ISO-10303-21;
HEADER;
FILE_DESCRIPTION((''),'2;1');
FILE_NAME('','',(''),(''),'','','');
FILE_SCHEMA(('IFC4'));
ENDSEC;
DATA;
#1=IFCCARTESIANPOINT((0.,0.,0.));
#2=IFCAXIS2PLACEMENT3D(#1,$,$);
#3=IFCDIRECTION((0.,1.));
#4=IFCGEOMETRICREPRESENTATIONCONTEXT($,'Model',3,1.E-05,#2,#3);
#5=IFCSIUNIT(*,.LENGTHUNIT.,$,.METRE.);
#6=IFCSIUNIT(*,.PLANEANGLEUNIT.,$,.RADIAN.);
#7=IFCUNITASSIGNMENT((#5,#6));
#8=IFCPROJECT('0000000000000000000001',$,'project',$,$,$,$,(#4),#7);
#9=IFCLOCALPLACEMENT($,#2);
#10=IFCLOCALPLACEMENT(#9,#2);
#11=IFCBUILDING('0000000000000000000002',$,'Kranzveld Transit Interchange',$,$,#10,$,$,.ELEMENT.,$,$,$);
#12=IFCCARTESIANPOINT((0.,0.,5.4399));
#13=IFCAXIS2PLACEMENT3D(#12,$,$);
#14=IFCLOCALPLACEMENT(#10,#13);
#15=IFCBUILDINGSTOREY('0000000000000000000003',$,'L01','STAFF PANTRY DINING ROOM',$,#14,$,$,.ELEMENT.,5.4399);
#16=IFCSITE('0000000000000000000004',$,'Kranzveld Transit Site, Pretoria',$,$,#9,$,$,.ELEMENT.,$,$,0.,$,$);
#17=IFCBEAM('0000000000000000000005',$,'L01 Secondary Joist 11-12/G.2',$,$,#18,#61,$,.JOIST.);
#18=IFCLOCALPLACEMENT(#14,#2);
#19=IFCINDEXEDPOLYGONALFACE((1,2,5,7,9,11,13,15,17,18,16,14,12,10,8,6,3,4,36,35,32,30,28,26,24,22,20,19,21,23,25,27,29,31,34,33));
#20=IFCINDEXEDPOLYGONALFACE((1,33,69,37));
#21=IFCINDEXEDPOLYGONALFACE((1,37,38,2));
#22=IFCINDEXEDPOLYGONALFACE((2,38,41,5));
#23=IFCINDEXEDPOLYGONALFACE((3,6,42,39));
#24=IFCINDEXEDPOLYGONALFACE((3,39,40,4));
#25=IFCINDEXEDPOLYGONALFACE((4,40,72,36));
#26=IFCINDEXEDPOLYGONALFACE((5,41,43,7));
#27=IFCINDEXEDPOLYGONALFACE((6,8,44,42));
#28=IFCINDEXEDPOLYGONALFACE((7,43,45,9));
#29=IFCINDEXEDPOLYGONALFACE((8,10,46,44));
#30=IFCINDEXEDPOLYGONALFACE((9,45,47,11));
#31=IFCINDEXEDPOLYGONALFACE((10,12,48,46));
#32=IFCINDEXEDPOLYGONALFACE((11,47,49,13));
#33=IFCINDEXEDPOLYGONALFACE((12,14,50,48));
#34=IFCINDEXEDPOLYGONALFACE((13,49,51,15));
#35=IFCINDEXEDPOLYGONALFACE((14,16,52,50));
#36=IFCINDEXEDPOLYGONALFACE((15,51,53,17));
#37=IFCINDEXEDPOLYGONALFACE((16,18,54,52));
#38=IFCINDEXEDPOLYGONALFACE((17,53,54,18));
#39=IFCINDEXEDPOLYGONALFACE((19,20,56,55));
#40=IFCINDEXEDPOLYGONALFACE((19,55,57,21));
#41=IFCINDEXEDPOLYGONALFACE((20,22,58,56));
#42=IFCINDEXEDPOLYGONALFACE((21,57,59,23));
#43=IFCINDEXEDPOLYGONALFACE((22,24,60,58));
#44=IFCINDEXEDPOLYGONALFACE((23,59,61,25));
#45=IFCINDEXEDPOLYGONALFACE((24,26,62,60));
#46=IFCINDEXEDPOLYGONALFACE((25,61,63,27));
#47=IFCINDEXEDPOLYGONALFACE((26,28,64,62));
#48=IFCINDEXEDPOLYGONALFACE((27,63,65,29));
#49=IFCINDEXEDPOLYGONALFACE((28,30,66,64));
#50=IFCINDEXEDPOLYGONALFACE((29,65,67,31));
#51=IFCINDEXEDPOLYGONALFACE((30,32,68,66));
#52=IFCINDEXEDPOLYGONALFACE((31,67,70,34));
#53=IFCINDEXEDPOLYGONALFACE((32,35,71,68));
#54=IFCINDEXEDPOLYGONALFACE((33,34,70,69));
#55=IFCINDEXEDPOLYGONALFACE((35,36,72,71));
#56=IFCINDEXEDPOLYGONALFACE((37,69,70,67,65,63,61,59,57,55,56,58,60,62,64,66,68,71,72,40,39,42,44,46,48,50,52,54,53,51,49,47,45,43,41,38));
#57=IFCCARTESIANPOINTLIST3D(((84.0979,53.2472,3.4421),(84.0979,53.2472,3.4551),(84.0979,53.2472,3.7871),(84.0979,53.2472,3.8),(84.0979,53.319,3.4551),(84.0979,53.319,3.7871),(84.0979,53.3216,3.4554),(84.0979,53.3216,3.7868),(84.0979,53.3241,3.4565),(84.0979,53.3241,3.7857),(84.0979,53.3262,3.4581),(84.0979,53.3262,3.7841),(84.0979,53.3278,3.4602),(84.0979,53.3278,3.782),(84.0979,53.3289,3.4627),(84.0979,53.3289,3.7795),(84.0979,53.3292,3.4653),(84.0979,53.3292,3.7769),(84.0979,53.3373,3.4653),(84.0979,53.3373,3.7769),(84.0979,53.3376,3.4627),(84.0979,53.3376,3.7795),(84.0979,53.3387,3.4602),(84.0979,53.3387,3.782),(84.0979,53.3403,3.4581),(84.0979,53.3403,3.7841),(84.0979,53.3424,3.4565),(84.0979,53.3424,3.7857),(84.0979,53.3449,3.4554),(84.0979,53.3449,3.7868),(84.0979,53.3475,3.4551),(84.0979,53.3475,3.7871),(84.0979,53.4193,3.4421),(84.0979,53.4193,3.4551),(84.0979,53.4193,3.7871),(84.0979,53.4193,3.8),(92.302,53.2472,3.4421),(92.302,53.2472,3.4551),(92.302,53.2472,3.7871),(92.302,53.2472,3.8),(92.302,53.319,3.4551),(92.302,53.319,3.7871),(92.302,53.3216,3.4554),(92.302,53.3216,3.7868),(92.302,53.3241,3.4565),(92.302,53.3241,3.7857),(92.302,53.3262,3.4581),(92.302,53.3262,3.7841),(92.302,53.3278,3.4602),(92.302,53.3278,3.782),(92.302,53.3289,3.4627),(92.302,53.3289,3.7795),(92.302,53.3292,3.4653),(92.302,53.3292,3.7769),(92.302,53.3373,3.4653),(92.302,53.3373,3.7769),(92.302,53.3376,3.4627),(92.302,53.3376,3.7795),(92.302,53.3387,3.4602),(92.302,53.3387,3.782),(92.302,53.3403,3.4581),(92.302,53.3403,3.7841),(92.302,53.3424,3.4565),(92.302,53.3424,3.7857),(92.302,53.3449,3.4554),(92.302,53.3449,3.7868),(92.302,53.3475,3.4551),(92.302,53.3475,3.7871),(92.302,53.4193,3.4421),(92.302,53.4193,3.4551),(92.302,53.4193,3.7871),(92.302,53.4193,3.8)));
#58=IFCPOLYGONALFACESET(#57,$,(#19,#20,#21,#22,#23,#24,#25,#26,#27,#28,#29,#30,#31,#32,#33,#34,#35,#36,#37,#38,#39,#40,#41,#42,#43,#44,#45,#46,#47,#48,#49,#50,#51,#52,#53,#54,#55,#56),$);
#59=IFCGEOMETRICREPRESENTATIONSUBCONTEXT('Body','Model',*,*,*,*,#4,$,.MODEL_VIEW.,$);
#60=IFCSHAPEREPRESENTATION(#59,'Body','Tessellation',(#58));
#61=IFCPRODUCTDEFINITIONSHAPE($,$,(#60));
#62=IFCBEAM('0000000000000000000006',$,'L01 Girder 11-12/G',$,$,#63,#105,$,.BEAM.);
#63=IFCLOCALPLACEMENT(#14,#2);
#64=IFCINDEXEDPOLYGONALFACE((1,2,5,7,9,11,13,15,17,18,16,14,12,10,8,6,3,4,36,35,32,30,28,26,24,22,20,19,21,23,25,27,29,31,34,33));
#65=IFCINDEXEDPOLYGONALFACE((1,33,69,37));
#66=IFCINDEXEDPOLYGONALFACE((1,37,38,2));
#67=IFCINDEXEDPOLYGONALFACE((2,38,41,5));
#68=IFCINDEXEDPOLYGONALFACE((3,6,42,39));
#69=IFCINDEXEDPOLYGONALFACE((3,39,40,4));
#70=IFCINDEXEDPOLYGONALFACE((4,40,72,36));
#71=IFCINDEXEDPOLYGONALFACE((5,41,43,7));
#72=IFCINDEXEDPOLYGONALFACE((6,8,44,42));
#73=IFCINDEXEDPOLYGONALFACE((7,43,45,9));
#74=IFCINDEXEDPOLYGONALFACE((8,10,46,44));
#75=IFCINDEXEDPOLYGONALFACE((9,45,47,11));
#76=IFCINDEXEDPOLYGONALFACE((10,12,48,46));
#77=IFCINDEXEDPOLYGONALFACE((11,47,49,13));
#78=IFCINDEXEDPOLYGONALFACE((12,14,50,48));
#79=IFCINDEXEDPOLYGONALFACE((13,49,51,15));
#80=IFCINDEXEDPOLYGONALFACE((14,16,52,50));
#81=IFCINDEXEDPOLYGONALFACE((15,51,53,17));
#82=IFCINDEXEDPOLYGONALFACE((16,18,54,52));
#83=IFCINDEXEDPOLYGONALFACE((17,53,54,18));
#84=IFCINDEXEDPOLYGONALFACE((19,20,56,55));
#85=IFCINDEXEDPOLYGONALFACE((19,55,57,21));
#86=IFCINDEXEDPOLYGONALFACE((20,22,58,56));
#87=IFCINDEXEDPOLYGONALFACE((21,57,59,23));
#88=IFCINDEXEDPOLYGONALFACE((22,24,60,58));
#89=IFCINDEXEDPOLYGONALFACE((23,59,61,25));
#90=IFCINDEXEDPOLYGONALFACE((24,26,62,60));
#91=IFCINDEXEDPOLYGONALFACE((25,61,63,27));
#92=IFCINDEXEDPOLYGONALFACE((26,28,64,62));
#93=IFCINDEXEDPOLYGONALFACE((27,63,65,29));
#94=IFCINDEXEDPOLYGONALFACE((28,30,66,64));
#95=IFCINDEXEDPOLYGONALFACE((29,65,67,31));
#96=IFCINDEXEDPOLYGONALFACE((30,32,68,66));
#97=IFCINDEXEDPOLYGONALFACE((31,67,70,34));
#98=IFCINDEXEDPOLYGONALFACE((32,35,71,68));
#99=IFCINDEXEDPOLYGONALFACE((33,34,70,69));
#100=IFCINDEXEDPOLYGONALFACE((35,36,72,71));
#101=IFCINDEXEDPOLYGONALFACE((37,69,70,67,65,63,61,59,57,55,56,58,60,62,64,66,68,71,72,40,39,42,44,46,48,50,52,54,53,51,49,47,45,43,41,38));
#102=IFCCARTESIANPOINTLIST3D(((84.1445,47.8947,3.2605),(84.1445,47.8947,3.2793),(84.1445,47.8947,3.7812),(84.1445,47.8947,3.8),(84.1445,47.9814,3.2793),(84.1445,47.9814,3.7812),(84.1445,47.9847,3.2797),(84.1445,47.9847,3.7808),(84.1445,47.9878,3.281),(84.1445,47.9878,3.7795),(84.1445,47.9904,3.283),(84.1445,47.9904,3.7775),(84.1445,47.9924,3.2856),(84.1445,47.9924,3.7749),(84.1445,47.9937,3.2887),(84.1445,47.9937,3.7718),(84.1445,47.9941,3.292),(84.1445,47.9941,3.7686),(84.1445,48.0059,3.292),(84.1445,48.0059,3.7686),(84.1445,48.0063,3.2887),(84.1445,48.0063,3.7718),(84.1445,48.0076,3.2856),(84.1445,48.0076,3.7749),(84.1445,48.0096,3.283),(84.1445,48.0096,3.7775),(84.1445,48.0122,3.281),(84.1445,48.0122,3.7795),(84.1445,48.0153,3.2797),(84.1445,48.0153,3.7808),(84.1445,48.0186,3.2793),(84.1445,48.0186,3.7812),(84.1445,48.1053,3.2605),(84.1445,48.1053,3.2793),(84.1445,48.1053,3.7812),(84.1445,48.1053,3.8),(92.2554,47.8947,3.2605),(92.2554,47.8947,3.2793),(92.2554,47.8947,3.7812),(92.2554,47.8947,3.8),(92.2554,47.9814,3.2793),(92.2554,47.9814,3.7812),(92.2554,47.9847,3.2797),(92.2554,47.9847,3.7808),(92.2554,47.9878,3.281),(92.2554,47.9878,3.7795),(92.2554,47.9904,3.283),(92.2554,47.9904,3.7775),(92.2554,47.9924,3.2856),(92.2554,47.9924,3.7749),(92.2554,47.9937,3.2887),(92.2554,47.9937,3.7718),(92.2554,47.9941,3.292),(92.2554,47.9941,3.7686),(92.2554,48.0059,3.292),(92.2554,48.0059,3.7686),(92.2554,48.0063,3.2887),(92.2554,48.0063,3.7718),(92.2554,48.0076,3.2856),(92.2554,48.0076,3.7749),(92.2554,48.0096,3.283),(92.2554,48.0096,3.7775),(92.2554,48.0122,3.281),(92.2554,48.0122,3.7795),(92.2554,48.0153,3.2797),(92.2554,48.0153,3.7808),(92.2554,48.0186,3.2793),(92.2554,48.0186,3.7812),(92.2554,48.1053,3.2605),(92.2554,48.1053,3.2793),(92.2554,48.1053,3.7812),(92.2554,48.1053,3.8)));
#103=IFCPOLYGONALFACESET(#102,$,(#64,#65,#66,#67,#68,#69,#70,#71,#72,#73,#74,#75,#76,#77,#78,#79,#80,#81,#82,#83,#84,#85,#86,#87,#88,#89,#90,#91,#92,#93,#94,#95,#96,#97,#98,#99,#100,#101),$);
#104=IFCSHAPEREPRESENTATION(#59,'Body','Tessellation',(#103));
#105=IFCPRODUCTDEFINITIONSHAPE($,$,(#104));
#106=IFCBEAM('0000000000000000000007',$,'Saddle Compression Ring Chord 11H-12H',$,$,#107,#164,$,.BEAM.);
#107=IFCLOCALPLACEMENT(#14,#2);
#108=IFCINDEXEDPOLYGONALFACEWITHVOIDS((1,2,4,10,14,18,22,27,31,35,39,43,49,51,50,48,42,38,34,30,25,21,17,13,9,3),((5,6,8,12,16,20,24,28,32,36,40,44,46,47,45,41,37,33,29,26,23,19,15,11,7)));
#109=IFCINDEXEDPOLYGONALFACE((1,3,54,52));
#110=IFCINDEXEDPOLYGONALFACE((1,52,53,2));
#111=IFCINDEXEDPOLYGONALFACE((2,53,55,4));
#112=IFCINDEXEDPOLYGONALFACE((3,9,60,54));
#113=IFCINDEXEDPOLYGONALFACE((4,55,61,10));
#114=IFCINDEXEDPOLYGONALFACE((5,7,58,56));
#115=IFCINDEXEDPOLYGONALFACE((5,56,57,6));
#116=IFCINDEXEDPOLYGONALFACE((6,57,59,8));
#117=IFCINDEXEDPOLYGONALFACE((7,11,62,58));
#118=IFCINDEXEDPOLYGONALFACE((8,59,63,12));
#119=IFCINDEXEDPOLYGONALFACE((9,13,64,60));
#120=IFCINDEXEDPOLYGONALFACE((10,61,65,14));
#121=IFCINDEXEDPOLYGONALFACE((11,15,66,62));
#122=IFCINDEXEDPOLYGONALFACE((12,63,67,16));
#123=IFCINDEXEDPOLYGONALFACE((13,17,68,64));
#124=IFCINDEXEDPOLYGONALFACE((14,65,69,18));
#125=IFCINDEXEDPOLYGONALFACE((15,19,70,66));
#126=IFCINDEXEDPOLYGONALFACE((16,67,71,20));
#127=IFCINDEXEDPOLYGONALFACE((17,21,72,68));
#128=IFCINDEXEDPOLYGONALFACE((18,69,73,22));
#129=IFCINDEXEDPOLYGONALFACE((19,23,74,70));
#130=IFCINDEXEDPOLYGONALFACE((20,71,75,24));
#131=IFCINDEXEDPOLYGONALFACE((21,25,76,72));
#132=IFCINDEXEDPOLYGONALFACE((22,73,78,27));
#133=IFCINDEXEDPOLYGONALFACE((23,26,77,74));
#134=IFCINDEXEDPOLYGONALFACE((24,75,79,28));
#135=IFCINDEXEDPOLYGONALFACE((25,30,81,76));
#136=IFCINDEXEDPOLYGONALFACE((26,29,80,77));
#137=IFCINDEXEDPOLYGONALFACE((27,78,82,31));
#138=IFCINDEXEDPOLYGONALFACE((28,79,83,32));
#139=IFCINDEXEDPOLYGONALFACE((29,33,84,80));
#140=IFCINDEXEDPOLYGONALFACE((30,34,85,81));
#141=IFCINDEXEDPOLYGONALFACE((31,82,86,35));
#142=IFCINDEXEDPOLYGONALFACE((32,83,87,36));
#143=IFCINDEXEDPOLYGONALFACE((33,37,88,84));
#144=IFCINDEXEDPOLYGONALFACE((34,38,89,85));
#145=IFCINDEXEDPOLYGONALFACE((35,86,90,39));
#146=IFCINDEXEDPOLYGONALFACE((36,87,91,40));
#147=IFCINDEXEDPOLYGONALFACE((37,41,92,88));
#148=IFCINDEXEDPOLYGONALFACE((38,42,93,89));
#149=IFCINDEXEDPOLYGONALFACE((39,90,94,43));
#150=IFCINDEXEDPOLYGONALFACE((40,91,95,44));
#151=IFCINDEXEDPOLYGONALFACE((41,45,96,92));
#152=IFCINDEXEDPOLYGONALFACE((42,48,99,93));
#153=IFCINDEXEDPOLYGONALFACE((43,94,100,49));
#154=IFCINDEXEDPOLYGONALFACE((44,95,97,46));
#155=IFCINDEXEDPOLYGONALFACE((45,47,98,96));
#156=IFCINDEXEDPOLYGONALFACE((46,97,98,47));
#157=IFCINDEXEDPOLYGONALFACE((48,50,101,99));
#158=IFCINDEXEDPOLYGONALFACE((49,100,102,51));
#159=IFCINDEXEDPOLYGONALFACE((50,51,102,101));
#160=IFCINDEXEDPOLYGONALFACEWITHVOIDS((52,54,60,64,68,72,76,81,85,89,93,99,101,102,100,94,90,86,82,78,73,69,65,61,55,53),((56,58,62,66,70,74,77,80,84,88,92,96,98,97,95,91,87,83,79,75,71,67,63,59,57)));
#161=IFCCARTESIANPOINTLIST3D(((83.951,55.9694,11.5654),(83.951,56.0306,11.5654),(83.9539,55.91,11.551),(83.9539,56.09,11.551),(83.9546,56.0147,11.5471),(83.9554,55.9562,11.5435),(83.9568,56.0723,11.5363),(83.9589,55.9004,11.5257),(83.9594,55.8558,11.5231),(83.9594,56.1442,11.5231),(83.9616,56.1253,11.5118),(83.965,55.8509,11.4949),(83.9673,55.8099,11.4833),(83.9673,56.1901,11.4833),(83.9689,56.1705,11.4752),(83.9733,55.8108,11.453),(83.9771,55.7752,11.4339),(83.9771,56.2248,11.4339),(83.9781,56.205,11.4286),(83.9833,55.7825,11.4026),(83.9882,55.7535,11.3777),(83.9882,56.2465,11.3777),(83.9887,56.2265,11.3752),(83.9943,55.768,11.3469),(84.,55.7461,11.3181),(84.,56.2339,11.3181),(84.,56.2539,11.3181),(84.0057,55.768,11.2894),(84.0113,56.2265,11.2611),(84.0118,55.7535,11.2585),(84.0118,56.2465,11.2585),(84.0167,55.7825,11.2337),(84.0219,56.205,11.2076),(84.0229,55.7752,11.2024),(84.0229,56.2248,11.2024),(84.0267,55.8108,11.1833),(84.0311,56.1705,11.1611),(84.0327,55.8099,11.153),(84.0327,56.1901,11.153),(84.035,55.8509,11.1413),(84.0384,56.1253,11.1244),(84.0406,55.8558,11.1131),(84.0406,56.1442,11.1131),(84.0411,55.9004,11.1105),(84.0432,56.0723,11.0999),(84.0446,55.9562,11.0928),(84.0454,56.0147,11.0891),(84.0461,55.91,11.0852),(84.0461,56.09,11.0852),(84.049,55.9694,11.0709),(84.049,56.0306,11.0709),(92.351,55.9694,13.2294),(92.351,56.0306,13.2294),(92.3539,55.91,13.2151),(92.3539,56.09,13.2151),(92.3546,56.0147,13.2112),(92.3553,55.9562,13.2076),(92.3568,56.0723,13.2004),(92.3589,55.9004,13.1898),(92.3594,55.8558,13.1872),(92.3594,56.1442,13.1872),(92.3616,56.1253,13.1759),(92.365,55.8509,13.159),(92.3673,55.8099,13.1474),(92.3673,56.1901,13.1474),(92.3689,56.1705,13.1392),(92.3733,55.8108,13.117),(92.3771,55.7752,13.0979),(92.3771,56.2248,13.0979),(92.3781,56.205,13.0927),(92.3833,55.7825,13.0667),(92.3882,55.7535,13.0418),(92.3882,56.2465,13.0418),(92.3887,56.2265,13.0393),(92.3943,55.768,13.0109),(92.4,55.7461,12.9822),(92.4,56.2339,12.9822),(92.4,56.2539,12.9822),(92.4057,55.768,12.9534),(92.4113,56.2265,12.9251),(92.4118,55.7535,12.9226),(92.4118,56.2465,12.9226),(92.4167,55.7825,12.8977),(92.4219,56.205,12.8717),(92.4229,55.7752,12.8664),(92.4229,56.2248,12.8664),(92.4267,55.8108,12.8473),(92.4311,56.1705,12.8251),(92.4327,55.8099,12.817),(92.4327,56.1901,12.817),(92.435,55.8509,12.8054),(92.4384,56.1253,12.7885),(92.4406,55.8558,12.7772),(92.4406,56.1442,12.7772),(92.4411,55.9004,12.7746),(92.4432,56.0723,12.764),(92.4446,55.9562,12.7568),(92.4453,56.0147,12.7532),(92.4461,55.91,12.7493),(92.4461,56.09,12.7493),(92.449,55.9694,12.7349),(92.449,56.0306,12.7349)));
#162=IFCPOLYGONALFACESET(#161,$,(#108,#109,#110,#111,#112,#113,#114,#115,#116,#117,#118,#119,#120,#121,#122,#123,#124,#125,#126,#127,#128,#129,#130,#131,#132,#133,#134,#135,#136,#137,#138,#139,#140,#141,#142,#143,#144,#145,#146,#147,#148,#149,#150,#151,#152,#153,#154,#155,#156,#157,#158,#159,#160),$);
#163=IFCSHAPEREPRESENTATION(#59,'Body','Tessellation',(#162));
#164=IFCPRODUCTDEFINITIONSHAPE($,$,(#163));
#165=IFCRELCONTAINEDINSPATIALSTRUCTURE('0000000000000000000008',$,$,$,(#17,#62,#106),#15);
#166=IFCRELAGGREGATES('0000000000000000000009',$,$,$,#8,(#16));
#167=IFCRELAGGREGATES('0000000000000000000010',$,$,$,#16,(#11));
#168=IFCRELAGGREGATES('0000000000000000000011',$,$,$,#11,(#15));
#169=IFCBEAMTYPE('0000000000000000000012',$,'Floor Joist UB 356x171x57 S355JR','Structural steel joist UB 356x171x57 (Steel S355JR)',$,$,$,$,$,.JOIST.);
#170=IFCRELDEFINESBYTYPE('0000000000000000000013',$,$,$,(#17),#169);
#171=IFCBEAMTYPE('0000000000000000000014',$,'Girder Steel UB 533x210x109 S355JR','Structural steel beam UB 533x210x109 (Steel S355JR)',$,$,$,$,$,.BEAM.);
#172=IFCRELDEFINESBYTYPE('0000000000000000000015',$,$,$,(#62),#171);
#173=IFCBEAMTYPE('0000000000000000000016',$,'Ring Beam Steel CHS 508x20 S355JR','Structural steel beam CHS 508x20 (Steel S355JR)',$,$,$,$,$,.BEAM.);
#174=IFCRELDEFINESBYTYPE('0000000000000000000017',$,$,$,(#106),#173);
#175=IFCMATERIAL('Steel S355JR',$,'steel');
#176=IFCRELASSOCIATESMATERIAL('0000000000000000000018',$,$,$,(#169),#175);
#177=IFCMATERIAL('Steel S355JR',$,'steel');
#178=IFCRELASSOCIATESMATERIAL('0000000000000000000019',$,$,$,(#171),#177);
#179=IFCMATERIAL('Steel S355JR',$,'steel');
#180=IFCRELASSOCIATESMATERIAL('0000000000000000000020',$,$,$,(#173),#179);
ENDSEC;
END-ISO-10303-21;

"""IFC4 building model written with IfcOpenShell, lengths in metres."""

from ifc_helpers import new_model, si_unit, direction, frame, origin, origin_2d, place, context, subcontext, project, spatial, hollow_circle, i_section, extrude, material, material_profile, profile_set, type_object, element, save


model = new_model("IFC4")

# Units and contexts
model_context = context("Model", 3, precision=1e-05, world=origin(), true_north=direction((0.0, 1.0)))
body_context = subcontext(model_context, "Body", "Model", "MODEL_VIEW")
ifc_project = project(units=[si_unit("LENGTHUNIT", "METRE"), si_unit("PLANEANGLEUNIT", "RADIAN")], contexts=[model_context])

# Site, building, storey
site_placement = place(None, origin())
site = spatial("IfcSite", under=ifc_project, at=site_placement, Name="Kranzveld Transit Site, Pretoria", CompositionType="ELEMENT", RefElevation=0.0)
building_placement = place(site_placement, origin())
building = spatial("IfcBuilding", under=site, at=building_placement, Name="Kranzveld Transit Interchange", CompositionType="ELEMENT")
storey_placement = place(building_placement, frame((0.0, 0.0, 5.4399)))
storey = spatial("IfcBuildingStorey", under=building, at=storey_placement, Name="L01", Description="STAFF PANTRY DINING ROOM", CompositionType="ELEMENT", Elevation=5.4399)

# Beams
ifc_material_1 = material(Name="Steel S355JR", Category="steel")
ifc_material_profile_1 = material_profile(ifc_material_1, i_section(OverallWidth=0.1721, OverallDepth=0.3579, WebThickness=0.0081, FlangeThickness=0.0129, FilletRadius=0.0103, at=origin_2d()), Name="UB 356x171x57")
ifc_profile_set_1 = profile_set([ifc_material_profile_1], Name="Steel S355JR")
beam_type_1 = type_object("IfcBeamType", Name="Floor Joist UB 356x171x57 S355JR", Description="Structural steel joist UB 356x171x57 (Steel S355JR)", PredefinedType="JOIST", material=ifc_profile_set_1)
for number, where, z_axis, x_axis, name in (
    (1, (84.0979, 53.3333, 3.6211), (1.0, 0.0, 0.0), (0.0, 1.0, 0.0), "L01 Secondary Joist 11-12/G.2"),
):
    element("IfcBeam", number, at=place(storey_placement, frame(where, z_axis=z_axis, x_axis=x_axis)), inside=storey, type_object=beam_type_1, Name=name, PredefinedType="JOIST", context=body_context, shape_type="SweptSolid", body=[
        extrude(i_section(OverallWidth=0.1721, OverallDepth=0.3579, WebThickness=0.0081, FlangeThickness=0.0129, FilletRadius=0.0103, at=origin_2d()), origin(), (0.0, 0.0, 1.0), 8.2041),
    ])
ifc_material_2 = material(Name="Steel S355JR", Category="steel")
ifc_material_profile_2 = material_profile(ifc_material_2, i_section(OverallWidth=0.2107, OverallDepth=0.5396, WebThickness=0.0117, FlangeThickness=0.0188, FilletRadius=0.0127, at=origin_2d()), Name="UB 533x210x109")
ifc_profile_set_2 = profile_set([ifc_material_profile_2], Name="Steel S355JR")
beam_type_2 = type_object("IfcBeamType", Name="Girder Steel UB 533x210x109 S355JR", Description="Structural steel beam UB 533x210x109 (Steel S355JR)", PredefinedType="BEAM", material=ifc_profile_set_2)
beam_1_placement = place(storey_placement, frame((84.1445, 48.0, 3.5303), z_axis=(1.0, 0.0, 0.0), x_axis=(0.0, 1.0, 0.0)))
element("IfcBeam", 2, at=beam_1_placement, inside=storey, type_object=beam_type_2, Name="L01 Girder 11-12/G", PredefinedType="BEAM", context=body_context, shape_type="SweptSolid", body=[
    extrude(i_section(OverallWidth=0.2107, OverallDepth=0.5396, WebThickness=0.0117, FlangeThickness=0.0188, FilletRadius=0.0127, at=origin_2d()), origin(), (0.0, 0.0, 1.0), 8.1108),
])
ifc_material_3 = material(Name="Steel S355JR", Category="steel")
ifc_material_profile_3 = material_profile(ifc_material_3, hollow_circle(Radius=0.2539, WallThickness=0.02, at=origin_2d()), Name="CHS 508x20")
ifc_profile_set_3 = profile_set([ifc_material_profile_3], Name="Steel S355JR")
beam_type_3 = type_object("IfcBeamType", Name="Ring Beam Steel CHS 508x20 S355JR", Description="Structural steel beam CHS 508x20 (Steel S355JR)", PredefinedType="BEAM", material=ifc_profile_set_3)
beam_2_placement = place(storey_placement, frame((84.0, 56.0, 11.3181), z_axis=(0.980937, 0.0, 0.194328), x_axis=(0.0, 1.0, 0.0)))
element("IfcBeam", 3, at=beam_2_placement, inside=storey, type_object=beam_type_3, Name="Saddle Compression Ring Chord 11H-12H", PredefinedType="BEAM", context=body_context, shape_type="SweptSolid", body=[
    extrude(hollow_circle(Radius=0.2539, WallThickness=0.02, at=origin_2d()), origin(), (0.0, 0.0, 1.0), 8.5632),
])

save(model, "model.ifc")
